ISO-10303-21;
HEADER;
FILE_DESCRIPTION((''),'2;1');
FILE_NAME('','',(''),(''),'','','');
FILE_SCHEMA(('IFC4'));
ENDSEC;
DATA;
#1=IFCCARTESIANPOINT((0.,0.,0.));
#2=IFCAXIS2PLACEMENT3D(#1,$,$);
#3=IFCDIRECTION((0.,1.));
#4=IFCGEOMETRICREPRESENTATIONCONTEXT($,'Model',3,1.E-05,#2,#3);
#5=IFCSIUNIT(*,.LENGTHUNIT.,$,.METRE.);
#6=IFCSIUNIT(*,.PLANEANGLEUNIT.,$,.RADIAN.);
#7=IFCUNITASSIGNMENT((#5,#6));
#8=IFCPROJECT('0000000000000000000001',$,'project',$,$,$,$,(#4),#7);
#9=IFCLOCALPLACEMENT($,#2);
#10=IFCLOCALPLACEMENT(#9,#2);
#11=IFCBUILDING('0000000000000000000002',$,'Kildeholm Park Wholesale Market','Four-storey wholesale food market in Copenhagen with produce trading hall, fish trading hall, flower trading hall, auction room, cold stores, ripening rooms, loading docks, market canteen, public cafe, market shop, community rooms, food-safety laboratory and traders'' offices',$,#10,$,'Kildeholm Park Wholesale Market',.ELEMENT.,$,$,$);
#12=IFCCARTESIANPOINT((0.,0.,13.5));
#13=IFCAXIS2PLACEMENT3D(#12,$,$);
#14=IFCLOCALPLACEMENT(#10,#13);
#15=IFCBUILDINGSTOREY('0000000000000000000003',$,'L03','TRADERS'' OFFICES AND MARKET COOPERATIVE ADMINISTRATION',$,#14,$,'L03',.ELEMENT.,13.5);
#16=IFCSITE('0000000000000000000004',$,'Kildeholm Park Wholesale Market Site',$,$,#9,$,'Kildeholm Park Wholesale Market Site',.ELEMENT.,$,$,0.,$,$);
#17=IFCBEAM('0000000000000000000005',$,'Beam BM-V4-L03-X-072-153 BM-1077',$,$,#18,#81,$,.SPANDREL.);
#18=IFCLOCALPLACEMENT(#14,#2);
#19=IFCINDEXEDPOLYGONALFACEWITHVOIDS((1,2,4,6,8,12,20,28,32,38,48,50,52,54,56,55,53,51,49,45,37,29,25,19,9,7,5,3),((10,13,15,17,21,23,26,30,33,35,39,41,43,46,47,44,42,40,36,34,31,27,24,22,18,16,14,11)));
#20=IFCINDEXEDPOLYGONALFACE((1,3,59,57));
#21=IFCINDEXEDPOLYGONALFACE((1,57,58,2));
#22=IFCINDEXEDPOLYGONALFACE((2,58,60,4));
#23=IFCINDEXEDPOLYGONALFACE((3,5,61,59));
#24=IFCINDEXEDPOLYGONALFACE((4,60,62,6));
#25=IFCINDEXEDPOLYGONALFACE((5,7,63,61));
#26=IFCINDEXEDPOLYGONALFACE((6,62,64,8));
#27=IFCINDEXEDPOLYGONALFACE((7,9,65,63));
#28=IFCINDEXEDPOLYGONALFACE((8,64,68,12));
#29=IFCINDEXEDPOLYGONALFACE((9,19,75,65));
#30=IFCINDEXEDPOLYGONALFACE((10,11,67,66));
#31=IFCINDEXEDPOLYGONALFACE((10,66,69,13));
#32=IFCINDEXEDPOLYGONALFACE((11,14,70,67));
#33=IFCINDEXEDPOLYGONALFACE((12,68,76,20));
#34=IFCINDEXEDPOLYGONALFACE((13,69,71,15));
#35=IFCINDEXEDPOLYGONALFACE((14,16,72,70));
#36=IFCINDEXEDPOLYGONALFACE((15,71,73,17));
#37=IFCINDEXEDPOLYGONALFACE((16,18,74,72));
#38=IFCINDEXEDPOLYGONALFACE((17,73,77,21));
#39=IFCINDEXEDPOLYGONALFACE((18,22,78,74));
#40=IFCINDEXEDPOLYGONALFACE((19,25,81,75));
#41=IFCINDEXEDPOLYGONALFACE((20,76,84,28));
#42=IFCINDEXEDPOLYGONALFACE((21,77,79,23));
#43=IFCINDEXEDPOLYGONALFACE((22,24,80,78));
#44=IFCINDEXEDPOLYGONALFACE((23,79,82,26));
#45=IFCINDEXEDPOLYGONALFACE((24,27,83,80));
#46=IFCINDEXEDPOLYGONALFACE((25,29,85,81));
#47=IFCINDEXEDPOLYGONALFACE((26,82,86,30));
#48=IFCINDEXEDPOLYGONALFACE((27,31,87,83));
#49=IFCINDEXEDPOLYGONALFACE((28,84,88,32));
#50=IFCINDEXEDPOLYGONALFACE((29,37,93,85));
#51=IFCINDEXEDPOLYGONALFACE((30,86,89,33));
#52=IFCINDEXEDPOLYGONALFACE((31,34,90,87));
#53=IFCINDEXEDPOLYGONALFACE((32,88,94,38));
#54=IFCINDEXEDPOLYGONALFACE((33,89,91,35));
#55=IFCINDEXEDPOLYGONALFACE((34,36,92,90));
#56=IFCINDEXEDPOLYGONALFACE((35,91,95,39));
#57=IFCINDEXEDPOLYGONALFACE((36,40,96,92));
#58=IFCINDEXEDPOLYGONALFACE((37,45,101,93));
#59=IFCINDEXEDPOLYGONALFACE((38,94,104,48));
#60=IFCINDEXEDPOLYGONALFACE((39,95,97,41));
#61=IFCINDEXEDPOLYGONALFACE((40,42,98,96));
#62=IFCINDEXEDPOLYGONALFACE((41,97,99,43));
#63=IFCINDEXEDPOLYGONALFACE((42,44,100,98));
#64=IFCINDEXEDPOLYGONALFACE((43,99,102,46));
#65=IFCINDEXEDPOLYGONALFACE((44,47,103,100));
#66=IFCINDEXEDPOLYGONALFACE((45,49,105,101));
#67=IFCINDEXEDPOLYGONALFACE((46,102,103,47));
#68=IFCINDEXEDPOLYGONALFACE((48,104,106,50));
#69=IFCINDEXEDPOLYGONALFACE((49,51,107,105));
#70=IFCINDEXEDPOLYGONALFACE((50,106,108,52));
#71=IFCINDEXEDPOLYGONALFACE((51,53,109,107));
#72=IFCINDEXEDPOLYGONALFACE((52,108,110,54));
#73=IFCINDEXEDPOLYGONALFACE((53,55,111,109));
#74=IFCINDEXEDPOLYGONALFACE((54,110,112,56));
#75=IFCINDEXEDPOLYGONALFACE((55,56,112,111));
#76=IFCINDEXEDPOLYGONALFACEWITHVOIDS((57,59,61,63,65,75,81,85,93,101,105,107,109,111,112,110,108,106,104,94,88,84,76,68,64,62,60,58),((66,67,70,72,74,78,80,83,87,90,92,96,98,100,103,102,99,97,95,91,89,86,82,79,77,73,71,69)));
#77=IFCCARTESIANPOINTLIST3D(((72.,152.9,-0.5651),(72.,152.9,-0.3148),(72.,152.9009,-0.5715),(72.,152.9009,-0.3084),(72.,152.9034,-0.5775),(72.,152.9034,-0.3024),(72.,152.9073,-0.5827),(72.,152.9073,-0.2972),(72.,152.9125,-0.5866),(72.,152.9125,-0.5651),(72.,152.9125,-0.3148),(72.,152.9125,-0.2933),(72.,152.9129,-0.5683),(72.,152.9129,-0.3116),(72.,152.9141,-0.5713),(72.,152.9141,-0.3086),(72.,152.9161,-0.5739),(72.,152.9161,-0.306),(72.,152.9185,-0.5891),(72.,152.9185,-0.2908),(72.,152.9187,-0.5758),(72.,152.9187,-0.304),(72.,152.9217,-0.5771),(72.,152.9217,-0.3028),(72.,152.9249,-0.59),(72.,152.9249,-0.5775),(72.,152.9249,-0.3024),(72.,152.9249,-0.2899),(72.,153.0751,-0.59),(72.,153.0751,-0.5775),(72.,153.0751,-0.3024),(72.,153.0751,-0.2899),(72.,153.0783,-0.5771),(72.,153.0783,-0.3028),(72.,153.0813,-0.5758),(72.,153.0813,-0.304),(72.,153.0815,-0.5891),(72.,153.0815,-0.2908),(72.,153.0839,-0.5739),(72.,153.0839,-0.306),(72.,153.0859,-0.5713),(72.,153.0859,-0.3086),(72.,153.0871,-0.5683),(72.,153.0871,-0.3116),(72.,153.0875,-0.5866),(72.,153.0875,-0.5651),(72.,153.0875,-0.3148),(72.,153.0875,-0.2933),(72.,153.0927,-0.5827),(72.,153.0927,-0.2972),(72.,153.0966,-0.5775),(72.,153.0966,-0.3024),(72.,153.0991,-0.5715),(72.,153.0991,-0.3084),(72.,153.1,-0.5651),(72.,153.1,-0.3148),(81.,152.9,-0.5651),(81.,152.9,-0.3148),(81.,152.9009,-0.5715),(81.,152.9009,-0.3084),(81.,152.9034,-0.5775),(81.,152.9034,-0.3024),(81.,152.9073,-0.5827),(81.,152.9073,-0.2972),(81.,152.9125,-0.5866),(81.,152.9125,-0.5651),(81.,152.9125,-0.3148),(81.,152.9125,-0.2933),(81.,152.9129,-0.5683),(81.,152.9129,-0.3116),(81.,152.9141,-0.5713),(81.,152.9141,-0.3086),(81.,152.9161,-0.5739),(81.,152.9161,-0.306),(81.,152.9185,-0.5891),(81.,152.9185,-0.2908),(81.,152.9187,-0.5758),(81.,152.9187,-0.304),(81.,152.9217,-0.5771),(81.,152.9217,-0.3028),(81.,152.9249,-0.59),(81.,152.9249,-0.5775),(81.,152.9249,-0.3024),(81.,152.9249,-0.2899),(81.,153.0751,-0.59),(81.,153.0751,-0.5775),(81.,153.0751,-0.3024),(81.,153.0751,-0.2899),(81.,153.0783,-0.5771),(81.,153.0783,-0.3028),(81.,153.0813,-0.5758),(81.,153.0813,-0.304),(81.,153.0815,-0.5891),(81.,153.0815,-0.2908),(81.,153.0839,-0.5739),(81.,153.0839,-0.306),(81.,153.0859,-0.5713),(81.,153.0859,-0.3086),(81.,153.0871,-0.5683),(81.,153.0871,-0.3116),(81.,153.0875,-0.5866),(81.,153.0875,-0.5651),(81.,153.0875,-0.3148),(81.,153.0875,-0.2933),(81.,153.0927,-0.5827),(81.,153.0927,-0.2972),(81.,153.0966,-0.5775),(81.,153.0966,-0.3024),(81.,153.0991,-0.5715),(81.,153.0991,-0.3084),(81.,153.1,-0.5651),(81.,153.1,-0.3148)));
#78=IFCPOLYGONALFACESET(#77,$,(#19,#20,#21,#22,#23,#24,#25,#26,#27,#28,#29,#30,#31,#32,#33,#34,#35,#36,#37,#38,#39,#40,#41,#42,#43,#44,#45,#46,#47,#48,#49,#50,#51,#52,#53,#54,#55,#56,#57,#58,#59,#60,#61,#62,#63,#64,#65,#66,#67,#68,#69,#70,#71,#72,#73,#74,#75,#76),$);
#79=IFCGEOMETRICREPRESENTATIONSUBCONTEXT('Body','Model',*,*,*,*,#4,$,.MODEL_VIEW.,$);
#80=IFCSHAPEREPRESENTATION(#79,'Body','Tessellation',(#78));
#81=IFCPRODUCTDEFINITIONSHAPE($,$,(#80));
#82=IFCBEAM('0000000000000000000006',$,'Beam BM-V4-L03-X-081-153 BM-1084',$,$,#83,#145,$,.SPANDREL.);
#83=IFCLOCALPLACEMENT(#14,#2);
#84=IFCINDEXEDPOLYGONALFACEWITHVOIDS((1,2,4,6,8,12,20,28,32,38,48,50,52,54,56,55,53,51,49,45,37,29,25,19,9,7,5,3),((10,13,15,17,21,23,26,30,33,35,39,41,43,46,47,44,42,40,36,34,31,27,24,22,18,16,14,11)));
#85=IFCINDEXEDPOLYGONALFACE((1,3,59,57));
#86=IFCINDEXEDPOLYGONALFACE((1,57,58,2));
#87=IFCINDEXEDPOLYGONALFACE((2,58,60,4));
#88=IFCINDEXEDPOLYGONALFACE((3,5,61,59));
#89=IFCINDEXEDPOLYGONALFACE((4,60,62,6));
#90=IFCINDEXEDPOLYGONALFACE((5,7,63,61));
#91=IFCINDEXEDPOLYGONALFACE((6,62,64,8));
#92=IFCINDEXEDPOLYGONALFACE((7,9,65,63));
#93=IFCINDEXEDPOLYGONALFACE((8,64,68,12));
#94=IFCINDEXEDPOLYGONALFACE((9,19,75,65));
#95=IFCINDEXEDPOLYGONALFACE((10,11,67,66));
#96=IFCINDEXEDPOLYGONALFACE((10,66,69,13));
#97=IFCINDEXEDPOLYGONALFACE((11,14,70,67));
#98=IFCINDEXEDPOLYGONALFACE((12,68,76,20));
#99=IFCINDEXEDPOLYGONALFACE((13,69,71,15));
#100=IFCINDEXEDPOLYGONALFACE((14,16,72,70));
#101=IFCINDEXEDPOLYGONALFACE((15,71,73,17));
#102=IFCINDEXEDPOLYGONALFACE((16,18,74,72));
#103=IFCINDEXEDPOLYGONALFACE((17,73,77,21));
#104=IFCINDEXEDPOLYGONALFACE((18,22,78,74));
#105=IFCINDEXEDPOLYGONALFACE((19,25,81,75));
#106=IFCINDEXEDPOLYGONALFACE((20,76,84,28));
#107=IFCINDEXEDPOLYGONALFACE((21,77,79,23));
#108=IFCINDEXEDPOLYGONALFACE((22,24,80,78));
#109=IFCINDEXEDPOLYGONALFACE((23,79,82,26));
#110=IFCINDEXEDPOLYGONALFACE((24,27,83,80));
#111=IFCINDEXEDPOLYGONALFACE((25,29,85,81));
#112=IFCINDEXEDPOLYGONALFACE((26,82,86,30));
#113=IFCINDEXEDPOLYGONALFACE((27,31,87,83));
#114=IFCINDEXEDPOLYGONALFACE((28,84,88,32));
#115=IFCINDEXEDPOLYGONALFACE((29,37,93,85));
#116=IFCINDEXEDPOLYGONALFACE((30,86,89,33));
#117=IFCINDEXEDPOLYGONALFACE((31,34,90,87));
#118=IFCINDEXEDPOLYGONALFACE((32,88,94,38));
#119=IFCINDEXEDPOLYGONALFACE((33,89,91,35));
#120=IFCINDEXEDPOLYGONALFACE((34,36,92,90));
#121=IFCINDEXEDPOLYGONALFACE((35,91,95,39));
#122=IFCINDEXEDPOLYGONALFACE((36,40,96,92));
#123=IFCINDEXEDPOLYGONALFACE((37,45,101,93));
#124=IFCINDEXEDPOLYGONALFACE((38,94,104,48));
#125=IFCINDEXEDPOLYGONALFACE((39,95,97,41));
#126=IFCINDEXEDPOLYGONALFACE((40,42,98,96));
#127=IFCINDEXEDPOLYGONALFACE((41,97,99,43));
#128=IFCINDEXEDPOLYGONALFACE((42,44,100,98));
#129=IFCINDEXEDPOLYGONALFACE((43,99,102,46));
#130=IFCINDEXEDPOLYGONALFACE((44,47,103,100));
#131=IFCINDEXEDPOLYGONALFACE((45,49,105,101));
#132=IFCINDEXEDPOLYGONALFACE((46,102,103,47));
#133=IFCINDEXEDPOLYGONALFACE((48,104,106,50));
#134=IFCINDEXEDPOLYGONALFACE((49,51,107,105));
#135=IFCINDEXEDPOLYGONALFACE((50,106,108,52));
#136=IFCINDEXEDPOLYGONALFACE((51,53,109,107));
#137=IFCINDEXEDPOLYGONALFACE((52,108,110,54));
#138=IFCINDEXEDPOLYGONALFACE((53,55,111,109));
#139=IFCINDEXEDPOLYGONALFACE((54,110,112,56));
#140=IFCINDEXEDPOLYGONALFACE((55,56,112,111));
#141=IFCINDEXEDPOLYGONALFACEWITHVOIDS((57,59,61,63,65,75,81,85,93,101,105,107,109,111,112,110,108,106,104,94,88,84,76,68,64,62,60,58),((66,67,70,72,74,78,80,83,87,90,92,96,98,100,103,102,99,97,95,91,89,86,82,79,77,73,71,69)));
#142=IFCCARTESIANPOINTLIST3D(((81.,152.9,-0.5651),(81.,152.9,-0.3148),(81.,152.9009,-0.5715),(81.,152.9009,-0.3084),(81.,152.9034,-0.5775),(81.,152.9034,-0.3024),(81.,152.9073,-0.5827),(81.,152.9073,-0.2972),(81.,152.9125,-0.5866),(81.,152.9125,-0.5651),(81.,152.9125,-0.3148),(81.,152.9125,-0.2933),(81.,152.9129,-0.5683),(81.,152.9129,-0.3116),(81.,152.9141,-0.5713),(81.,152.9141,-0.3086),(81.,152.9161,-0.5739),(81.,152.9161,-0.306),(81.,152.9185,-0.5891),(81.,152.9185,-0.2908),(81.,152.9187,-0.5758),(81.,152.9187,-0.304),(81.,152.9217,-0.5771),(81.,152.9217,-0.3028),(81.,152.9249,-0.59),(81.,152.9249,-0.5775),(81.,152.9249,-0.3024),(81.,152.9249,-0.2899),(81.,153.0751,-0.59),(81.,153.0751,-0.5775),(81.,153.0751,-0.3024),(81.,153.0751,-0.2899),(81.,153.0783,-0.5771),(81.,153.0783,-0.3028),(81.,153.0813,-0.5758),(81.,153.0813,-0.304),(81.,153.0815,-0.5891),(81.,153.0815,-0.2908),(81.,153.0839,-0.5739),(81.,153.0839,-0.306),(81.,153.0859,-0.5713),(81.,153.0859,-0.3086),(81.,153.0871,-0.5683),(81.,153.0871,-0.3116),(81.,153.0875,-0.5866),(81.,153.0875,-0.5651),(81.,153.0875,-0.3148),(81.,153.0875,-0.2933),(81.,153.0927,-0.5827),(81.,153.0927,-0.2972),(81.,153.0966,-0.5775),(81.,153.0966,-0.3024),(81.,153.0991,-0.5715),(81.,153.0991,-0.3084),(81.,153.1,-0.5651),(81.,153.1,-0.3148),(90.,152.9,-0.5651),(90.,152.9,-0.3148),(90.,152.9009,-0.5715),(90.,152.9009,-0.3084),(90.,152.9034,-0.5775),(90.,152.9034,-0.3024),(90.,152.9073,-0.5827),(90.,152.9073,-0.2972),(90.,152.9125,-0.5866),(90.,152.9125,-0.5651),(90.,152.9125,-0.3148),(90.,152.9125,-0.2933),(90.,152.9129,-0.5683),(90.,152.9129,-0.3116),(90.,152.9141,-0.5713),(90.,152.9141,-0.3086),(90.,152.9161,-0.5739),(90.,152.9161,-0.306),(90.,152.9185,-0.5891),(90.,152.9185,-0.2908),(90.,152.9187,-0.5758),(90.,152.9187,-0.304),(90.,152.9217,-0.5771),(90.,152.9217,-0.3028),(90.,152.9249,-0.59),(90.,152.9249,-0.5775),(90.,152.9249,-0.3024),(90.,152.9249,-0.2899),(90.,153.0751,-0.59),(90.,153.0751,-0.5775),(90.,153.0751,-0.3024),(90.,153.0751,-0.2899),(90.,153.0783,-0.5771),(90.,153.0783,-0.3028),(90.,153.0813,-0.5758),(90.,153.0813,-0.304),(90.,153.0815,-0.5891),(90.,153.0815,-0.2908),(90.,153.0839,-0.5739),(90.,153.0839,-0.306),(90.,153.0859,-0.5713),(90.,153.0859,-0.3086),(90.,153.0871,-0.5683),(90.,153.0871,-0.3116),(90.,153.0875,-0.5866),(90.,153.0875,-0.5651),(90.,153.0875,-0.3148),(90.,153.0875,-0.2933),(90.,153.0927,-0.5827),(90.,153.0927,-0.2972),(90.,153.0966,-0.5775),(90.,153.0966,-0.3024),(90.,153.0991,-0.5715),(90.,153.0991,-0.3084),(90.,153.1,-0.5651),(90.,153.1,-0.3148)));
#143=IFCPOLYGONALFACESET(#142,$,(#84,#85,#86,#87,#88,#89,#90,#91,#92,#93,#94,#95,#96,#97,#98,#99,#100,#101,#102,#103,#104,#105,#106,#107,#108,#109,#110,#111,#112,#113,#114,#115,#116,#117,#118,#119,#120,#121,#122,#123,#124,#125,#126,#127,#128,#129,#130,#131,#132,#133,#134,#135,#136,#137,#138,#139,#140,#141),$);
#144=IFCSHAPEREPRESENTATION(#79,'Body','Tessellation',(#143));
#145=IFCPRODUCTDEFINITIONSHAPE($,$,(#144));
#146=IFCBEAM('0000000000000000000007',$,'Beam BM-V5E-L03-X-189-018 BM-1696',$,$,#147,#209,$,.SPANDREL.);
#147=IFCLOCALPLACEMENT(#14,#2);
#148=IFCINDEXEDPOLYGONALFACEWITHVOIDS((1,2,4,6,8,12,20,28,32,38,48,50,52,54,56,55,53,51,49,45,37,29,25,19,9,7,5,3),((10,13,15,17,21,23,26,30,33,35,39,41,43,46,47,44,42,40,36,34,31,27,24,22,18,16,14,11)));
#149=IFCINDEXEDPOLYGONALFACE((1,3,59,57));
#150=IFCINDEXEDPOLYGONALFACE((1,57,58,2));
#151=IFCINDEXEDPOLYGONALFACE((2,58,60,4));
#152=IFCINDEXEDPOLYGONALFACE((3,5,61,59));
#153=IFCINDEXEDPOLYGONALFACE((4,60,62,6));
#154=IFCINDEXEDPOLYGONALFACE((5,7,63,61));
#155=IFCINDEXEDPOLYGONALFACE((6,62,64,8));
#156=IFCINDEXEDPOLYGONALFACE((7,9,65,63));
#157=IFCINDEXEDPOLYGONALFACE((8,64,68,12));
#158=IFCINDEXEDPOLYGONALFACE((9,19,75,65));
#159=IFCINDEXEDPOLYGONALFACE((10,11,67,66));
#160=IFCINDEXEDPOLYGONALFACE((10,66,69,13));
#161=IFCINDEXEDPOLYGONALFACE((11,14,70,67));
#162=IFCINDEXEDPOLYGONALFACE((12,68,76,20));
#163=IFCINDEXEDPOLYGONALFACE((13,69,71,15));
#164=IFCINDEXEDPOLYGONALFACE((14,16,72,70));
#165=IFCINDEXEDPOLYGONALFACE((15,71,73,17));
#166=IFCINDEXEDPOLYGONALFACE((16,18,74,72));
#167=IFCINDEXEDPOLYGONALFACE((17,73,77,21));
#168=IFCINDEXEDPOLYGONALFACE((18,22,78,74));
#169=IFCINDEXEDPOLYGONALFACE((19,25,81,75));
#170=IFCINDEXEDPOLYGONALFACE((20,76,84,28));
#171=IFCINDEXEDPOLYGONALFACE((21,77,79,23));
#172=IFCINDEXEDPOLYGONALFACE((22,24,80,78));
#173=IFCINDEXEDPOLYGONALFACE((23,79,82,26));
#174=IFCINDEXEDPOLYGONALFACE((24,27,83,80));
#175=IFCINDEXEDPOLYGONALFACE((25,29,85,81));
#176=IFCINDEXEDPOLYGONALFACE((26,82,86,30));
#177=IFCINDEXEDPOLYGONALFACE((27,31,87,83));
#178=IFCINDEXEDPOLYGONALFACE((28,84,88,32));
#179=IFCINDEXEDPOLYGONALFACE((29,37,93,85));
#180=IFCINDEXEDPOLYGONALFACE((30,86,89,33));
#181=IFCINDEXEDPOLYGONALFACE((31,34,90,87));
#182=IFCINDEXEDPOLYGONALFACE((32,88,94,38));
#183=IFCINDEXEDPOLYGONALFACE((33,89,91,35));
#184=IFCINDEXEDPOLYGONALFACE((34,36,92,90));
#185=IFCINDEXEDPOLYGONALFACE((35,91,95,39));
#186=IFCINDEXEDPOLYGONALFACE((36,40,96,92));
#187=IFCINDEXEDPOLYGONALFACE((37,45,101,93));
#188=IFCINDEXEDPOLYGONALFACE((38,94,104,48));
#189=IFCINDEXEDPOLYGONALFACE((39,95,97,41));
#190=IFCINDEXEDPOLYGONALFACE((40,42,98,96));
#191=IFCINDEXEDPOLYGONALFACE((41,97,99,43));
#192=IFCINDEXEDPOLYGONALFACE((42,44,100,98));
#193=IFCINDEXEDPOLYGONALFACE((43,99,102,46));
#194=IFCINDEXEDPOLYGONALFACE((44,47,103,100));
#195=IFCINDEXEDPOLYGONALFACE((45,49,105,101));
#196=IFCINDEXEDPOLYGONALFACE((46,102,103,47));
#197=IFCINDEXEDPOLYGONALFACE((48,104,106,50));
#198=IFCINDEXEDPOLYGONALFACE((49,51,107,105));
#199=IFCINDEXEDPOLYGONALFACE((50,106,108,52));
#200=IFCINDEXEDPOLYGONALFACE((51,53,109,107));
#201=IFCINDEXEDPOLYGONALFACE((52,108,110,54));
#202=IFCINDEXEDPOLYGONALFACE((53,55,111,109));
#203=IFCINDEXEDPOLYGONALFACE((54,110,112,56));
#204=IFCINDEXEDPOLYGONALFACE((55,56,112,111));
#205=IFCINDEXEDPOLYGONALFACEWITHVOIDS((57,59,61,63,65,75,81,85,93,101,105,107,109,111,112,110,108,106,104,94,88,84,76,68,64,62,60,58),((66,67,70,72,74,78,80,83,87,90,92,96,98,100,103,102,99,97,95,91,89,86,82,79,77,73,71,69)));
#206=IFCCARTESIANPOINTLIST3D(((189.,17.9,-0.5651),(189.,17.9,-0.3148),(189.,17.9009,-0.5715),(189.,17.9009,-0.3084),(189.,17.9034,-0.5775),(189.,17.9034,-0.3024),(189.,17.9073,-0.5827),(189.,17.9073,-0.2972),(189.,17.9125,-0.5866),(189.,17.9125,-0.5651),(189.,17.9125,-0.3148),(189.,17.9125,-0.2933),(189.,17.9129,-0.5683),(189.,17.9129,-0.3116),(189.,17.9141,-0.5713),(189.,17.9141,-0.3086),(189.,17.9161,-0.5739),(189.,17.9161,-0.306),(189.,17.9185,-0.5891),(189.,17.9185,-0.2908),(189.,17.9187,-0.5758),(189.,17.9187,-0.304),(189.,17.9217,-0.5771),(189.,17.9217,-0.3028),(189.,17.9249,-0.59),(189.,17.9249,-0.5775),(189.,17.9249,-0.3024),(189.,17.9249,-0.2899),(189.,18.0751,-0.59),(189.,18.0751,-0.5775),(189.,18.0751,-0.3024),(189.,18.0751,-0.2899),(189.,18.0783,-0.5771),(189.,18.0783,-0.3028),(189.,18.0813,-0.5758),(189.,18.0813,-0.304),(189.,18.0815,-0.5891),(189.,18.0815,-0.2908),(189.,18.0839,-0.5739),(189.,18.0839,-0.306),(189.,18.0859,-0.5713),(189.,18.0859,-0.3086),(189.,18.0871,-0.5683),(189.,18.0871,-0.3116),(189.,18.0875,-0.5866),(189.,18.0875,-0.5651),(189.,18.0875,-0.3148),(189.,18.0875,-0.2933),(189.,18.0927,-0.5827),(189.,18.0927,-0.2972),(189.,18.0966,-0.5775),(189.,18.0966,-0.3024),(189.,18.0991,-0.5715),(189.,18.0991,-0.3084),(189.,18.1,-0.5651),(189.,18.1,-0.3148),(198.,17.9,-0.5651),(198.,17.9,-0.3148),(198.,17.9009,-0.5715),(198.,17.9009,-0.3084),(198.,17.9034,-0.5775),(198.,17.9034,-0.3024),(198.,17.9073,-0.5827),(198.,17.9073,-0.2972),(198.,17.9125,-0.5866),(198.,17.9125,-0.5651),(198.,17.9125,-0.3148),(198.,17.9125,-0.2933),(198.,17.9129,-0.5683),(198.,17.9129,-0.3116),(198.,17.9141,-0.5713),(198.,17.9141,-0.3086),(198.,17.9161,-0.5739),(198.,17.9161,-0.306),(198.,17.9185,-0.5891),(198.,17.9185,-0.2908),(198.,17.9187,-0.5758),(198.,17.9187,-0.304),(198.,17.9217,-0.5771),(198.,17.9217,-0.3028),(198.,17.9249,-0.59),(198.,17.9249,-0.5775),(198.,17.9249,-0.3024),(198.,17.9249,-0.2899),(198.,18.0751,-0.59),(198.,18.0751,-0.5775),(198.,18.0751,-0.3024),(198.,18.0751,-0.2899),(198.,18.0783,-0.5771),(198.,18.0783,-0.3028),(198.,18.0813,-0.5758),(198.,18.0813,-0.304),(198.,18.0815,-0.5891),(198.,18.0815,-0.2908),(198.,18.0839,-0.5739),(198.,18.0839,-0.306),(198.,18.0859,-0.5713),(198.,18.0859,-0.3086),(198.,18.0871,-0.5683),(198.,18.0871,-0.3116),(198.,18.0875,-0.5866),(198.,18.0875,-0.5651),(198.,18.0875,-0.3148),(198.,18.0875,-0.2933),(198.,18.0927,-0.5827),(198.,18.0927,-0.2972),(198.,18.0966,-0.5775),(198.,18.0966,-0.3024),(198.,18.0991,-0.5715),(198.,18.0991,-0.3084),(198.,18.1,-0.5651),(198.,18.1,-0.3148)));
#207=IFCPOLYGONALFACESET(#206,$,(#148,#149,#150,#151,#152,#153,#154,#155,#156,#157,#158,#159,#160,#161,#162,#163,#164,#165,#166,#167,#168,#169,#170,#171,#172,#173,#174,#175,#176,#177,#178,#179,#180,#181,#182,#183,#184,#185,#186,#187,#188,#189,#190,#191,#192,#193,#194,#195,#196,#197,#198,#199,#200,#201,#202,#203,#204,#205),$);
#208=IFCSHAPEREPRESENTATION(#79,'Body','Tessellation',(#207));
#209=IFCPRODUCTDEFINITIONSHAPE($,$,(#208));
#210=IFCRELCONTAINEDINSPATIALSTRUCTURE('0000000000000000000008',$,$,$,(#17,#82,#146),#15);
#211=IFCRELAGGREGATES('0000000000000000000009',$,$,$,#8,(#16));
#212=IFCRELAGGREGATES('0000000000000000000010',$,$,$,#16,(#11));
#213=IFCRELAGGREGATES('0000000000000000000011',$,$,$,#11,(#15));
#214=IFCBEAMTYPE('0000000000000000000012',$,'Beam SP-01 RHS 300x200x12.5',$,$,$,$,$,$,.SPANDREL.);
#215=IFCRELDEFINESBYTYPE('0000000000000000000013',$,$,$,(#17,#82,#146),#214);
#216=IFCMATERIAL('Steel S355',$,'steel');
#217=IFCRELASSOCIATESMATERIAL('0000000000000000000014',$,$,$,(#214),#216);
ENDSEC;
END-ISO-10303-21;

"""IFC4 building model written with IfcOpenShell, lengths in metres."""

from ifc_helpers import new_model, si_unit, direction, frame, origin, origin_2d, place, context, subcontext, project, spatial, hollow_rectangle, extrude, material, material_profile, profile_set, type_object, element, save


model = new_model("IFC4")

# Units and contexts
model_context = context("Model", 3, precision=1e-05, world=origin(), true_north=direction((0.0, 1.0)))
body_context = subcontext(model_context, "Body", "Model", "MODEL_VIEW")
ifc_project = project(units=[si_unit("LENGTHUNIT", "METRE"), si_unit("PLANEANGLEUNIT", "RADIAN")], contexts=[model_context])

# Site, building, storey
site_placement = place(None, origin())
site = spatial("IfcSite", under=ifc_project, at=site_placement, Name="Kildeholm Park Wholesale Market Site", LongName="Kildeholm Park Wholesale Market Site", CompositionType="ELEMENT", RefElevation=0.0)
building_placement = place(site_placement, origin())
building = spatial("IfcBuilding", under=site, at=building_placement, Name="Kildeholm Park Wholesale Market", Description="Four-storey wholesale food market in Copenhagen with produce trading hall, fish trading hall, flower trading hall, auction room, cold stores, ripening rooms, loading docks, market canteen, public cafe, market shop, community rooms, food-safety laboratory and traders' offices", LongName="Kildeholm Park Wholesale Market", CompositionType="ELEMENT")
storey_placement = place(building_placement, frame((0.0, 0.0, 13.5)))
storey = spatial("IfcBuildingStorey", under=building, at=storey_placement, Name="L03", Description="TRADERS' OFFICES AND MARKET COOPERATIVE ADMINISTRATION", LongName="L03", CompositionType="ELEMENT", Elevation=13.5)

# Shared definitions
ifc_material_1 = material(Name="Steel S355", Category="steel")

# Beams
ifc_material_profile_1 = material_profile(ifc_material_1, hollow_rectangle(XDim=0.2, YDim=0.3, WallThickness=0.0125, InnerFilletRadius=0.0125, OuterFilletRadius=0.0249, at=origin_2d()), Name="RHS 300x200x12.5")
ifc_profile_set_1 = profile_set([ifc_material_profile_1], Name="Steel S355")
beam_type_1 = type_object("IfcBeamType", Name="Beam SP-01 RHS 300x200x12.5", PredefinedType="SPANDREL", material=ifc_profile_set_1)
for number, where, z_axis, x_axis, name in (
    (1, (72.0, 153.0, -0.4399), (1.0, 0.0, 0.0), (0.0, 1.0, 0.0), "Beam BM-V4-L03-X-072-153 BM-1077"),
    (2, (81.0, 153.0, -0.4399), (1.0, 0.0, 0.0), (0.0, 1.0, 0.0), "Beam BM-V4-L03-X-081-153 BM-1084"),
    (3, (189.0, 18.0, -0.4399), (1.0, 0.0, 0.0), (0.0, 1.0, 0.0), "Beam BM-V5E-L03-X-189-018 BM-1696"),
):
    element("IfcBeam", number, at=place(storey_placement, frame(where, z_axis=z_axis, x_axis=x_axis)), inside=storey, type_object=beam_type_1, Name=name, PredefinedType="SPANDREL", context=body_context, shape_type="SweptSolid", body=[
        extrude(hollow_rectangle(XDim=0.2, YDim=0.3, WallThickness=0.0125, InnerFilletRadius=0.0125, OuterFilletRadius=0.0249, at=origin_2d()), origin(), (0.0, 0.0, 1.0), 9.0),
    ])

save(model, "model.ifc")
